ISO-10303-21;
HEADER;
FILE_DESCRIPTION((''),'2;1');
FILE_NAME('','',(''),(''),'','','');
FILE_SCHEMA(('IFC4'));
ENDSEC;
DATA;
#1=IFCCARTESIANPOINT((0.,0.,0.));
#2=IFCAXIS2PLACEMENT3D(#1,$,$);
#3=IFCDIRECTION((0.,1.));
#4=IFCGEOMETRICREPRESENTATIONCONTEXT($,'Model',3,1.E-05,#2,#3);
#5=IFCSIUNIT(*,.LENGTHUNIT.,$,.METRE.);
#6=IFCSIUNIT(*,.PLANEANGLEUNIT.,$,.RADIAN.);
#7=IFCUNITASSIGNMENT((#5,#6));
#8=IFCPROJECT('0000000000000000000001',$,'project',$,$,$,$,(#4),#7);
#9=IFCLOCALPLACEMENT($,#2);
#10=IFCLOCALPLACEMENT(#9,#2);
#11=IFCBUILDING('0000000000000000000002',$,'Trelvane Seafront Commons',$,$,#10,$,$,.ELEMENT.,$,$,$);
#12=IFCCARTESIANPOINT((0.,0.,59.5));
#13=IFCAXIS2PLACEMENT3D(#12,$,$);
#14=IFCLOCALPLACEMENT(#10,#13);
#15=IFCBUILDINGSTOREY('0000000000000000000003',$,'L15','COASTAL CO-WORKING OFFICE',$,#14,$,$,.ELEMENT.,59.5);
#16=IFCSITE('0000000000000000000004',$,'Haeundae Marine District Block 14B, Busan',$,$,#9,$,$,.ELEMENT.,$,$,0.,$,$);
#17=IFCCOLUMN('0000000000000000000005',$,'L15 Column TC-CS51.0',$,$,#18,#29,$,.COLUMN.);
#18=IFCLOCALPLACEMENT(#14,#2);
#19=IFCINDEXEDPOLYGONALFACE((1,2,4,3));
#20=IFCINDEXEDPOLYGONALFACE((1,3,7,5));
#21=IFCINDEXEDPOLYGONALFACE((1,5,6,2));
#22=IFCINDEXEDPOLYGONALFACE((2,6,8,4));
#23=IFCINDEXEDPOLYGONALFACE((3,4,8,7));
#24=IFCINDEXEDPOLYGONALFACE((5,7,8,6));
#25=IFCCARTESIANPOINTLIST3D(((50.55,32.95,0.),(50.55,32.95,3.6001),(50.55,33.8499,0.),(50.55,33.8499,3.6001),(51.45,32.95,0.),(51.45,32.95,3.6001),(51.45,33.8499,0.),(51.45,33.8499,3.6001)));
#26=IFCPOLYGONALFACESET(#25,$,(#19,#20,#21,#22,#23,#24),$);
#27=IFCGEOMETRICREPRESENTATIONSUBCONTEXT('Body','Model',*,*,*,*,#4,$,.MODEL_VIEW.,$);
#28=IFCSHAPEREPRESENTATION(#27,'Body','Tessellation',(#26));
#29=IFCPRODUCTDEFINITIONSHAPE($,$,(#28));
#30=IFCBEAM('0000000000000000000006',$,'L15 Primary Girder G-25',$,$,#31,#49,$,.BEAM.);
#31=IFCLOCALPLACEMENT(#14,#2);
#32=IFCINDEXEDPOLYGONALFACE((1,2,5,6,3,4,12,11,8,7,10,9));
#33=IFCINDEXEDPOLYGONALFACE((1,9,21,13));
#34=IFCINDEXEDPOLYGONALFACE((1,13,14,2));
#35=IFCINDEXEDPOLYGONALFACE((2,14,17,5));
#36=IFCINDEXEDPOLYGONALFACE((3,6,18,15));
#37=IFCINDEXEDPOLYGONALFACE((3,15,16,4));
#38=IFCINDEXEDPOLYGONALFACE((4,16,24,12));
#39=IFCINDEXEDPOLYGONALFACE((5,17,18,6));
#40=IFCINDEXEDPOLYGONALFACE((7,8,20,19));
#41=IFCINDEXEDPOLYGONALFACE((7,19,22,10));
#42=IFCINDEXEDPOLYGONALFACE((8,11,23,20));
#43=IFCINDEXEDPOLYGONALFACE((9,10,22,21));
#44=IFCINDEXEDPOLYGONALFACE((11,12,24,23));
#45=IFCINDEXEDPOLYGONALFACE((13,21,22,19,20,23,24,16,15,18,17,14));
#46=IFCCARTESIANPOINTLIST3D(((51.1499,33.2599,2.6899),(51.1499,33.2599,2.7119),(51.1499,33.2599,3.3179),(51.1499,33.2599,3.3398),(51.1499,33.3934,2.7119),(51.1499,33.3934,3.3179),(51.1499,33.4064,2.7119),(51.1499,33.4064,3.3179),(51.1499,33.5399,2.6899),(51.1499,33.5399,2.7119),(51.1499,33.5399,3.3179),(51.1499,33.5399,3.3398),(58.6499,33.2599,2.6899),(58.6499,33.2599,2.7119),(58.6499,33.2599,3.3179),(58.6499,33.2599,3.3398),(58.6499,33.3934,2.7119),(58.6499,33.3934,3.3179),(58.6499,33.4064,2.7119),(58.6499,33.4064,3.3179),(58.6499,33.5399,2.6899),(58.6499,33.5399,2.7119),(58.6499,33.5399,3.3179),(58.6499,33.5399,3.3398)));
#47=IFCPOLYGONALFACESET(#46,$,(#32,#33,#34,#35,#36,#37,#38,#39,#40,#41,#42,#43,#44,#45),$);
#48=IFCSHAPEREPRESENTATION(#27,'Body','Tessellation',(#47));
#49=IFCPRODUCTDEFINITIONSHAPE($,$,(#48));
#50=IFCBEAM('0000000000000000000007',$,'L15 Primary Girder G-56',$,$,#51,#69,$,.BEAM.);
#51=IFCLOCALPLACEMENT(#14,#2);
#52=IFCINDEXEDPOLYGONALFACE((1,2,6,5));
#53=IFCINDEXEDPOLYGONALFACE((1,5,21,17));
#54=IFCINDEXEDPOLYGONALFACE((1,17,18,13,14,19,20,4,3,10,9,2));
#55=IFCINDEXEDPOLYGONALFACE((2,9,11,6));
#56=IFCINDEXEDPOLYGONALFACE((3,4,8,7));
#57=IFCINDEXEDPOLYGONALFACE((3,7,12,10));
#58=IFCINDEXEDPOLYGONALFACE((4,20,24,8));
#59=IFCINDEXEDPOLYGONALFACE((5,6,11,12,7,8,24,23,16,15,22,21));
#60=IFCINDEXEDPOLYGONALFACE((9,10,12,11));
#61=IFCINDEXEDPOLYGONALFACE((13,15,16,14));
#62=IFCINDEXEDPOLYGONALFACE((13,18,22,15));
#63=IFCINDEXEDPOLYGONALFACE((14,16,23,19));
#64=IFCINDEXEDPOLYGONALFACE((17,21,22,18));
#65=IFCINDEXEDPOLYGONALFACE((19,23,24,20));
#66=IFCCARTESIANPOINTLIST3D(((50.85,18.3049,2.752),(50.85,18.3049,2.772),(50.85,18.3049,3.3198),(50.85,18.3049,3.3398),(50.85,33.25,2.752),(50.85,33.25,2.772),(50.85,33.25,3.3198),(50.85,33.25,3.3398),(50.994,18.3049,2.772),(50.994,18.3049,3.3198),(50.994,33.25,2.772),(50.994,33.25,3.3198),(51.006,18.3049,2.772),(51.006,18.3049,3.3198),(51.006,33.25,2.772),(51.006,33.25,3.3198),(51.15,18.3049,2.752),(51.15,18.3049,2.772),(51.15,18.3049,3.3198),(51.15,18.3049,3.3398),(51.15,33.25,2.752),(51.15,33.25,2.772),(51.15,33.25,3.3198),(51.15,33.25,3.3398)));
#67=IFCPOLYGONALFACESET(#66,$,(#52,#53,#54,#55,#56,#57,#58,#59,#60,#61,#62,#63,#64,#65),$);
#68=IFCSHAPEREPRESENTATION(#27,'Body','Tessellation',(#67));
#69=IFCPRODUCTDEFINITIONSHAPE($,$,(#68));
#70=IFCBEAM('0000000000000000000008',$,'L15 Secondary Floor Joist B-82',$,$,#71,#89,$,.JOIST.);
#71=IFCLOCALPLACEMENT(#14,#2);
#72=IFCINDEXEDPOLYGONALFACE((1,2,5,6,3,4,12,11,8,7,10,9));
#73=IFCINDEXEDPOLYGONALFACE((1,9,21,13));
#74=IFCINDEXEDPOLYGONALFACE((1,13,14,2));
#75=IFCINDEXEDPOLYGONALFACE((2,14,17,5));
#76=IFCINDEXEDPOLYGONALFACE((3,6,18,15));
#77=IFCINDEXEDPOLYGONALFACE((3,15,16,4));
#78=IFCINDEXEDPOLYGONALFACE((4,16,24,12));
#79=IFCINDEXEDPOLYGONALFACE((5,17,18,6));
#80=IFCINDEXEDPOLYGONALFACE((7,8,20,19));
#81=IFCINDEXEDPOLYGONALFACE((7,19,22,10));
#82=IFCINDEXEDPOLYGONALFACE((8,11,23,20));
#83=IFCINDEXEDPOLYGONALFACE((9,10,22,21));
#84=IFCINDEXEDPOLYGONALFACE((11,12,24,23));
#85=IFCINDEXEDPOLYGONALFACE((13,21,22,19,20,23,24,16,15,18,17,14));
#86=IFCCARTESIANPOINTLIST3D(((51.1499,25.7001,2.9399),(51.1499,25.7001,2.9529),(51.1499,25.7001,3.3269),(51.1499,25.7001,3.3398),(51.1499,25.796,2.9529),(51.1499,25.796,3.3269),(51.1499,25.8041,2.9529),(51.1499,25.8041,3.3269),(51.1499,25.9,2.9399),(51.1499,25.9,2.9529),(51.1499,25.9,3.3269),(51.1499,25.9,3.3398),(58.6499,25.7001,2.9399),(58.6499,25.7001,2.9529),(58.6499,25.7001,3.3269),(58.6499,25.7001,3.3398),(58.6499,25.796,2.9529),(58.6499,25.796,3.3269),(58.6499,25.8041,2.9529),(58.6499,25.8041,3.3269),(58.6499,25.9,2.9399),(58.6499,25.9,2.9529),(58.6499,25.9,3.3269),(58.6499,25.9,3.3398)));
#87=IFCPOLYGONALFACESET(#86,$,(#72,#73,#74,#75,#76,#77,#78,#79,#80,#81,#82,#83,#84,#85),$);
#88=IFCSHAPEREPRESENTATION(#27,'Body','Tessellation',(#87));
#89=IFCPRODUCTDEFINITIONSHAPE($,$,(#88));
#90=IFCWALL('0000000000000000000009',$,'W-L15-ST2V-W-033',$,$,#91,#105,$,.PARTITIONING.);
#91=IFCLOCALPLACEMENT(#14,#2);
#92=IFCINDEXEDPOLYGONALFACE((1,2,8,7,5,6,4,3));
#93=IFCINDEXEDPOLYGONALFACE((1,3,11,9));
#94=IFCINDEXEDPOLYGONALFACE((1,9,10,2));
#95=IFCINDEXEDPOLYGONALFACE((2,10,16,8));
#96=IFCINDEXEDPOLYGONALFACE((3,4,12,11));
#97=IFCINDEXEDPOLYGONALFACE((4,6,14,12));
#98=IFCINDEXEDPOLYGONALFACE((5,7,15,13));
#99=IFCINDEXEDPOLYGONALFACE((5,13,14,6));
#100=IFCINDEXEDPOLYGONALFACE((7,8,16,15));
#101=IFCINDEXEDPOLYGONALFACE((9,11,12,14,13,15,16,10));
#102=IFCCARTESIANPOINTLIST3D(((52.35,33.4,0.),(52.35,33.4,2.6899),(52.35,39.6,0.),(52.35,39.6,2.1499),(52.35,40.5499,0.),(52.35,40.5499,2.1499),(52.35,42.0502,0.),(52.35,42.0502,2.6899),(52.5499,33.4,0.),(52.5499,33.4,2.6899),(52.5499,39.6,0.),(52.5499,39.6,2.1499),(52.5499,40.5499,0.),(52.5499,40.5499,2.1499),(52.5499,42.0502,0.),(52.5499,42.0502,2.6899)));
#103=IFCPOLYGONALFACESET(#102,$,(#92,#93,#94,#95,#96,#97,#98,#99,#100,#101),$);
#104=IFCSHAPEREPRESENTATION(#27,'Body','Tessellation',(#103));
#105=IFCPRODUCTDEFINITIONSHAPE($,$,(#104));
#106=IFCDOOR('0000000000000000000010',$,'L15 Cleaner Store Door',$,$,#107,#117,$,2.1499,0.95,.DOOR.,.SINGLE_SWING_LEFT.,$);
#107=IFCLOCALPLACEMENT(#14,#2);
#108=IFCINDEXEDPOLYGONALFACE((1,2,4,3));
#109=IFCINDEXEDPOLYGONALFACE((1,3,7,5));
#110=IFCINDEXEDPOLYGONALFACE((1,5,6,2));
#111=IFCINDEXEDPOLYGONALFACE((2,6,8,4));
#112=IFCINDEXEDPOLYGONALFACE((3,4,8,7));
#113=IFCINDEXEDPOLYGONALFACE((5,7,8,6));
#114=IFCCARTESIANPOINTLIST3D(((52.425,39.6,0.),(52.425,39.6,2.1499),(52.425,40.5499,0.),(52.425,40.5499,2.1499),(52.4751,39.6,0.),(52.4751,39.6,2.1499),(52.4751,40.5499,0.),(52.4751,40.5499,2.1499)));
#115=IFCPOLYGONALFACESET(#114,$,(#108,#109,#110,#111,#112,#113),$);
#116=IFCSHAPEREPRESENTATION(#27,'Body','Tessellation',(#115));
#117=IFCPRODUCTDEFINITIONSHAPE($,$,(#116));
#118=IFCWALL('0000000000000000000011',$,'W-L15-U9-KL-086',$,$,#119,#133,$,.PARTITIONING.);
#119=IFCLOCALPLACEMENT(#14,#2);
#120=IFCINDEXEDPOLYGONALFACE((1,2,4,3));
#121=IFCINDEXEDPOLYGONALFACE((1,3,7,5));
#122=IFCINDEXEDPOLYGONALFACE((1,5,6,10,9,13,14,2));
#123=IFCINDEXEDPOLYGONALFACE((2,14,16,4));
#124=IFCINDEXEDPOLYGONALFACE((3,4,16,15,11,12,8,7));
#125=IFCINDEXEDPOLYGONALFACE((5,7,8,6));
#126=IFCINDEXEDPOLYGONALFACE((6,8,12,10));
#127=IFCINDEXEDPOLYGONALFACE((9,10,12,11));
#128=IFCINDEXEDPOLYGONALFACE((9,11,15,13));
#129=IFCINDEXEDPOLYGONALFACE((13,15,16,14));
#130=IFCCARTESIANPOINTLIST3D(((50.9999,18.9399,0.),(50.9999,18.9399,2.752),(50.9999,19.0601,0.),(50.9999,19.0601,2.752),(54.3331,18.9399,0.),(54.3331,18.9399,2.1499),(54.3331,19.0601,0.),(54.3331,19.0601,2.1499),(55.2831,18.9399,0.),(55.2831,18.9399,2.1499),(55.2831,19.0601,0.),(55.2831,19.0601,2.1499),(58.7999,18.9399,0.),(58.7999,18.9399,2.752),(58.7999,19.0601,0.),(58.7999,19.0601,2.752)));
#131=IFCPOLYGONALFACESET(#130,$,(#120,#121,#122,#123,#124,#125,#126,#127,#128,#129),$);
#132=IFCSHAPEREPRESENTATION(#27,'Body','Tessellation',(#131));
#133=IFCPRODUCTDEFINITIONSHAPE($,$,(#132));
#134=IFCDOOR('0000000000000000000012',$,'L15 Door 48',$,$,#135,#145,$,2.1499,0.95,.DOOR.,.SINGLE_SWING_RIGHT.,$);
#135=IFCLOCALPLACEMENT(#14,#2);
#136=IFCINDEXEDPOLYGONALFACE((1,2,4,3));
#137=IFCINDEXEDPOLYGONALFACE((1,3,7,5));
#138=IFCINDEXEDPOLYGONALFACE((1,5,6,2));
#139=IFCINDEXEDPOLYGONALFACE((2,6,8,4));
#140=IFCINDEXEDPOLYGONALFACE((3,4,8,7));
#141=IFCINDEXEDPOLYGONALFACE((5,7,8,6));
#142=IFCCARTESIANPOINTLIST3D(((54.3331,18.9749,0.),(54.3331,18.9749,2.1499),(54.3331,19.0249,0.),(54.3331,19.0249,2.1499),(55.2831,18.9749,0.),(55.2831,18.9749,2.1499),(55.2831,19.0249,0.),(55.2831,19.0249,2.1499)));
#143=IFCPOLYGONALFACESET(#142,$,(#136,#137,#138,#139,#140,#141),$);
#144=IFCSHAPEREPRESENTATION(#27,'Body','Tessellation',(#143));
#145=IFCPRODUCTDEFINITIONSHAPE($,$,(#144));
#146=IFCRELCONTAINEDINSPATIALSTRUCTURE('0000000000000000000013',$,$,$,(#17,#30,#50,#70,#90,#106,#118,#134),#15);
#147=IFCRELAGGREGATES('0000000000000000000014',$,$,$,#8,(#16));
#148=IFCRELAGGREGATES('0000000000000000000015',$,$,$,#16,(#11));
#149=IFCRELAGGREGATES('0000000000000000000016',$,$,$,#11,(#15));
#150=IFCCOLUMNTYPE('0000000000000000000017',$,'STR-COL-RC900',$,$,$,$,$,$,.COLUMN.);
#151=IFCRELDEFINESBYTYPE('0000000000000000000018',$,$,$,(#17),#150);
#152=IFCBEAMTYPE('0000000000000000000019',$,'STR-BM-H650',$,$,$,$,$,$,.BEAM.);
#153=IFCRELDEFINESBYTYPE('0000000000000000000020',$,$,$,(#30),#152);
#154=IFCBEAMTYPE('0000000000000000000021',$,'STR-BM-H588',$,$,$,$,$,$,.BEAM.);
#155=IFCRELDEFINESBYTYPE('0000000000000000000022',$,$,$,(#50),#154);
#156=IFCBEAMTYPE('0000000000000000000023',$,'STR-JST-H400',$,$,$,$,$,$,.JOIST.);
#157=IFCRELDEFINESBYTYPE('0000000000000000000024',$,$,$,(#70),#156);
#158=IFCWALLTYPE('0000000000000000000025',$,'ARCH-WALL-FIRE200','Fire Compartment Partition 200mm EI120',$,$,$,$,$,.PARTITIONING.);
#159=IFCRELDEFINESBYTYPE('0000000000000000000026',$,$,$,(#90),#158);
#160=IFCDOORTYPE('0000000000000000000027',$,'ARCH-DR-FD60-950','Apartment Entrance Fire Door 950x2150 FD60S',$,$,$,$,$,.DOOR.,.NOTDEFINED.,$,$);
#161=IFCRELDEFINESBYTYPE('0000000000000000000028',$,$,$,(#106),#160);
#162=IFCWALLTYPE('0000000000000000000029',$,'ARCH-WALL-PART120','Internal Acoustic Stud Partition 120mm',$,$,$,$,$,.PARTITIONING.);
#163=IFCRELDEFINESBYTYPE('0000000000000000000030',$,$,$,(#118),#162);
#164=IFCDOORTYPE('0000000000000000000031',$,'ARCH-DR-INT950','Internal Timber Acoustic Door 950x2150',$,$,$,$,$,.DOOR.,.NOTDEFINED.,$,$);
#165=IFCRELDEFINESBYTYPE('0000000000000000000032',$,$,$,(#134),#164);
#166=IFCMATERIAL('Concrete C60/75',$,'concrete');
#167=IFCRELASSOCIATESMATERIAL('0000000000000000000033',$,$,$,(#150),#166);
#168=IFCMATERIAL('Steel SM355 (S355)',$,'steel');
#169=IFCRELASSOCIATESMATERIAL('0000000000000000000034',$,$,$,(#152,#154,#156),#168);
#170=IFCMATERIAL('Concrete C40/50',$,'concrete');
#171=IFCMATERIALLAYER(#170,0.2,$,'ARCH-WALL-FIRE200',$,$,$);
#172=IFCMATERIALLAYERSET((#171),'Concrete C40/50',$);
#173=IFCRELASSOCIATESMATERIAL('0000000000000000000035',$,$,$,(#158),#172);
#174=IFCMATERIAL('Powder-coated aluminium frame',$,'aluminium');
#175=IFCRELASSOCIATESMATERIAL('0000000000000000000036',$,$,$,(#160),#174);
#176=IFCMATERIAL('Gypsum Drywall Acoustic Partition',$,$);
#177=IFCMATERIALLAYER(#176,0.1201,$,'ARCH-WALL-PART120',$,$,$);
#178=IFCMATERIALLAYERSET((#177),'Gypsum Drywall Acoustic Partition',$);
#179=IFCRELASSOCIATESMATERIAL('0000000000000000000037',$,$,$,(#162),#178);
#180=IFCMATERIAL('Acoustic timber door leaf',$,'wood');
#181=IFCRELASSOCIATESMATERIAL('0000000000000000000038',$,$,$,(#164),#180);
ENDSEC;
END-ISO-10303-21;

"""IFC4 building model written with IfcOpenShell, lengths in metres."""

from ifc_helpers import new_model, si_unit, direction, frame, frame_2d, origin, origin_2d, place, context, subcontext, project, spatial, rectangle, i_section, extrude, source, transform, mapped, material, layer, layer_set, material_profile, profile_set, type_object, element, fill, save


model = new_model("IFC4")

# Units and contexts
model_context = context("Model", 3, precision=1e-05, world=origin(), true_north=direction((0.0, 1.0)))
body_context = subcontext(model_context, "Body", "Model", "MODEL_VIEW")
ifc_project = project(units=[si_unit("LENGTHUNIT", "METRE"), si_unit("PLANEANGLEUNIT", "RADIAN")], contexts=[model_context])

# Site, building, storey
site_placement = place(None, origin())
site = spatial("IfcSite", under=ifc_project, at=site_placement, Name="Haeundae Marine District Block 14B, Busan", CompositionType="ELEMENT", RefElevation=0.0)
building_placement = place(site_placement, origin())
building = spatial("IfcBuilding", under=site, at=building_placement, Name="Trelvane Seafront Commons", CompositionType="ELEMENT")
storey_placement = place(building_placement, frame((0.0, 0.0, 59.5)))
storey = spatial("IfcBuildingStorey", under=building, at=storey_placement, Name="L15", Description="COASTAL CO-WORKING OFFICE", CompositionType="ELEMENT", Elevation=59.5)

# Column
ifc_material_1 = material(Name="Concrete C60/75", Category="concrete")
ifc_material_profile_1 = material_profile(ifc_material_1, rectangle(XDim=0.8999, YDim=0.8999, at=origin_2d()), Name="RC-900x900")
ifc_profile_set_1 = profile_set([ifc_material_profile_1], Name="Concrete C60/75")
column_type = type_object("IfcColumnType", Name="STR-COL-RC900", PredefinedType="COLUMN", material=ifc_profile_set_1)
shared_shape_1 = source(origin(), body_context, "Body", "SweptSolid", [
    extrude(rectangle(XDim=0.8999, YDim=0.8999, at=origin_2d()), origin(), (0.0, 0.0, 1.0), 3.6001),
])
column_placement = place(storey_placement, frame((51.0, 33.3999, 0.0), z_axis=(0.0, 0.0, 1.0), x_axis=(1.0, 0.0, 0.0)))
element("IfcColumn", 1, at=column_placement, inside=storey, type_object=column_type, Name="L15 Column TC-CS51.0", PredefinedType="COLUMN", context=body_context, shape_type="MappedRepresentation", body=[
    mapped(shared_shape_1, transform((0.0, 0.0, 0.0), x_axis=(1.0, 0.0, 0.0), y_axis=(0.0, 1.0, 0.0), z_axis=(0.0, 0.0, 1.0), scale=1.0)),
])

# Beams
ifc_material_2 = material(Name="Steel SM355 (S355)", Category="steel")
ifc_material_profile_2 = material_profile(ifc_material_2, i_section(OverallWidth=0.28, OverallDepth=0.6499, WebThickness=0.0129, FlangeThickness=0.022, at=origin_2d()), Name="H-650x280x13x22")
ifc_profile_set_2 = profile_set([ifc_material_profile_2], Name="Steel SM355 (S355)")
beam_type_1 = type_object("IfcBeamType", Name="STR-BM-H650", PredefinedType="BEAM", material=ifc_profile_set_2)
shared_shape_2 = source(origin(), body_context, "Body", "SweptSolid", [
    extrude(i_section(OverallWidth=0.28, OverallDepth=0.6499, WebThickness=0.0129, FlangeThickness=0.022, at=origin_2d()), origin(), (0.0, 0.0, 1.0), 7.5),
])
beam_1_placement = place(storey_placement, frame((51.1499, 33.3999, 3.0149), z_axis=(1.0, 0.0, 0.0), x_axis=(0.0, 1.0, 0.0)))
element("IfcBeam", 2, at=beam_1_placement, inside=storey, type_object=beam_type_1, Name="L15 Primary Girder G-25", PredefinedType="BEAM", context=body_context, shape_type="MappedRepresentation", body=[
    mapped(shared_shape_2, transform((0.0, 0.0, 0.0), x_axis=(1.0, 0.0, 0.0), y_axis=(0.0, 1.0, 0.0), z_axis=(0.0, 0.0, 1.0), scale=1.0)),
])
ifc_material_profile_3 = material_profile(ifc_material_2, i_section(OverallWidth=0.3, OverallDepth=0.5879, WebThickness=0.012, FlangeThickness=0.02, at=origin_2d()), Name="H-588x300x12x20")
ifc_profile_set_3 = profile_set([ifc_material_profile_3], Name="Steel SM355 (S355)")
beam_type_2 = type_object("IfcBeamType", Name="STR-BM-H588", PredefinedType="BEAM", material=ifc_profile_set_3)
shared_shape_3 = source(origin(), body_context, "Body", "SweptSolid", [
    extrude(i_section(OverallWidth=0.3, OverallDepth=0.5879, WebThickness=0.012, FlangeThickness=0.02, at=origin_2d()), origin(), (0.0, 0.0, 1.0), 14.9451),
])
beam_2_placement = place(storey_placement, frame((51.0, 18.3049, 3.0459), z_axis=(0.0, 1.0, 0.0), x_axis=(-1.0, 0.0, 0.0)))
element("IfcBeam", 3, at=beam_2_placement, inside=storey, type_object=beam_type_2, Name="L15 Primary Girder G-56", PredefinedType="BEAM", context=body_context, shape_type="MappedRepresentation", body=[
    mapped(shared_shape_3, transform((0.0, 0.0, 0.0), x_axis=(1.0, 0.0, 0.0), y_axis=(0.0, 1.0, 0.0), z_axis=(0.0, 0.0, 1.0), scale=1.0)),
])
ifc_material_profile_4 = material_profile(ifc_material_2, i_section(OverallWidth=0.2, OverallDepth=0.3999, WebThickness=0.0081, FlangeThickness=0.0129, at=origin_2d()), Name="H-400x200x8x13")
ifc_profile_set_4 = profile_set([ifc_material_profile_4], Name="Steel SM355 (S355)")
beam_type_3 = type_object("IfcBeamType", Name="STR-JST-H400", PredefinedType="JOIST", material=ifc_profile_set_4)
shared_shape_4 = source(origin(), body_context, "Body", "SweptSolid", [
    extrude(i_section(OverallWidth=0.2, OverallDepth=0.3999, WebThickness=0.0081, FlangeThickness=0.0129, at=origin_2d()), origin(), (0.0, 0.0, 1.0), 7.5),
])
beam_3_placement = place(storey_placement, frame((51.1499, 25.8, 3.1399), z_axis=(1.0, 0.0, 0.0), x_axis=(0.0, 1.0, 0.0)))
element("IfcBeam", 4, at=beam_3_placement, inside=storey, type_object=beam_type_3, Name="L15 Secondary Floor Joist B-82", PredefinedType="JOIST", context=body_context, shape_type="MappedRepresentation", body=[
    mapped(shared_shape_4, transform((0.0, 0.0, 0.0), x_axis=(1.0, 0.0, 0.0), y_axis=(0.0, 1.0, 0.0), z_axis=(0.0, 0.0, 1.0), scale=1.0)),
])

# Wall, opening, door
ifc_material_3 = material(Name="Concrete C40/50", Category="concrete")
ifc_layer_1 = layer(ifc_material_3, 0.2, Name="ARCH-WALL-FIRE200")
ifc_layer_set_1 = layer_set([ifc_layer_1], Name="Concrete C40/50")
wall_type_1 = type_object("IfcWallType", Name="ARCH-WALL-FIRE200", Description="Fire Compartment Partition 200mm EI120", PredefinedType="PARTITIONING", material=ifc_layer_set_1)
wall_1_placement = place(storey_placement, frame((52.45, 33.3999, 0.0), z_axis=(0.0, 0.0, 1.0), x_axis=(0.0, 1.0, 0.0)))
wall_1 = element("IfcWall", 5, at=wall_1_placement, inside=storey, type_object=wall_type_1, Name="W-L15-ST2V-W-033", PredefinedType="PARTITIONING", context=body_context, shape_type="SweptSolid", body=[
    extrude(rectangle(XDim=8.6501, YDim=0.2, at=frame_2d((4.3252, 0.0))), origin(), (0.0, 0.0, 1.0), 2.6899),
])
opening_1_placement = place(wall_1_placement, frame((6.2, 0.0, 0.0)))
opening_1 = element("IfcOpeningElement", 6, at=opening_1_placement, cuts=wall_1, PredefinedType="OPENING", context=body_context, shape_type="SweptSolid", body=[
    extrude(rectangle(XDim=0.95, YDim=2.1499, at=frame_2d((0.4751, 1.075))), frame((0.0, 0.1099, 0.0), z_axis=(0.0, -1.0, 0.0), x_axis=(1.0, 0.0, 0.0)), (0.0, 0.0, 1.0), 0.22),
])
ifc_material_4 = material(Name="Powder-coated aluminium frame", Category="aluminium")
door_type_1 = type_object("IfcDoorType", Name="ARCH-DR-FD60-950", Description="Apartment Entrance Fire Door 950x2150 FD60S", OperationType="NOTDEFINED", PredefinedType="DOOR", material=ifc_material_4)
shared_shape_5 = source(origin(), body_context, "Body", "SweptSolid", [
    extrude(rectangle(XDim=0.95, YDim=2.1499, at=frame_2d((0.4751, 1.075))), frame((0.0, 0.0249, 0.0), z_axis=(0.0, -1.0, 0.0), x_axis=(1.0, 0.0, 0.0)), (0.0, 0.0, 1.0), 0.05),
])
door_1_placement = place(opening_1_placement, origin())
door_1 = element("IfcDoor", 7, at=door_1_placement, inside=storey, type_object=door_type_1, Name="L15 Cleaner Store Door", OperationType="SINGLE_SWING_LEFT", OverallHeight=2.1499, OverallWidth=0.95, PredefinedType="DOOR", context=body_context, shape_type="MappedRepresentation", body=[
    mapped(shared_shape_5, transform((0.0, 0.0, 0.0), x_axis=(1.0, 0.0, 0.0), y_axis=(0.0, 1.0, 0.0), z_axis=(0.0, 0.0, 1.0), scale=1.0)),
])
fill(opening_1, door_1)

# Shared definitions
ifc_material_5 = material(Name="Gypsum Drywall Acoustic Partition")
ifc_layer_2 = layer(ifc_material_5, 0.1201, Name="ARCH-WALL-PART120")
ifc_layer_set_2 = layer_set([ifc_layer_2], Name="Gypsum Drywall Acoustic Partition")
wall_type_2 = type_object("IfcWallType", Name="ARCH-WALL-PART120", Description="Internal Acoustic Stud Partition 120mm", PredefinedType="PARTITIONING", material=ifc_layer_set_2)
ifc_material_6 = material(Name="Acoustic timber door leaf", Category="wood")
door_type_2 = type_object("IfcDoorType", Name="ARCH-DR-INT950", Description="Internal Timber Acoustic Door 950x2150", OperationType="NOTDEFINED", PredefinedType="DOOR", material=ifc_material_6)

# Wall, opening, door
wall_2_placement = place(storey_placement, frame((51.0, 19.0, 0.0), z_axis=(0.0, 0.0, 1.0), x_axis=(1.0, 0.0, 0.0)))
wall_2 = element("IfcWall", 8, at=wall_2_placement, inside=storey, type_object=wall_type_2, Name="W-L15-U9-KL-086", PredefinedType="PARTITIONING", context=body_context, shape_type="SweptSolid", body=[
    extrude(rectangle(XDim=7.8, YDim=0.1201, at=frame_2d((3.8999, 0.0))), origin(), (0.0, 0.0, 1.0), 2.752),
])
opening_2_placement = place(wall_2_placement, frame((3.333, 0.0, 0.0)))
opening_2 = element("IfcOpeningElement", 9, at=opening_2_placement, cuts=wall_2, PredefinedType="OPENING", context=body_context, shape_type="SweptSolid", body=[
    extrude(rectangle(XDim=0.95, YDim=2.1499, at=frame_2d((0.4751, 1.075))), frame((0.0, 0.0701, 0.0), z_axis=(0.0, -1.0, 0.0), x_axis=(1.0, 0.0, 0.0)), (0.0, 0.0, 1.0), 0.1401),
])
door_2_placement = place(opening_2_placement, origin())
door_2 = element("IfcDoor", 10, at=door_2_placement, inside=storey, type_object=door_type_2, Name="L15 Door 48", OperationType="SINGLE_SWING_RIGHT", OverallHeight=2.1499, OverallWidth=0.95, PredefinedType="DOOR", context=body_context, shape_type="MappedRepresentation", body=[
    mapped(shared_shape_5, transform((0.0, 0.0, 0.0), x_axis=(1.0, 0.0, 0.0), y_axis=(0.0, 1.0, 0.0), z_axis=(0.0, 0.0, 1.0), scale=1.0)),
])
fill(opening_2, door_2)

save(model, "model.ifc")
